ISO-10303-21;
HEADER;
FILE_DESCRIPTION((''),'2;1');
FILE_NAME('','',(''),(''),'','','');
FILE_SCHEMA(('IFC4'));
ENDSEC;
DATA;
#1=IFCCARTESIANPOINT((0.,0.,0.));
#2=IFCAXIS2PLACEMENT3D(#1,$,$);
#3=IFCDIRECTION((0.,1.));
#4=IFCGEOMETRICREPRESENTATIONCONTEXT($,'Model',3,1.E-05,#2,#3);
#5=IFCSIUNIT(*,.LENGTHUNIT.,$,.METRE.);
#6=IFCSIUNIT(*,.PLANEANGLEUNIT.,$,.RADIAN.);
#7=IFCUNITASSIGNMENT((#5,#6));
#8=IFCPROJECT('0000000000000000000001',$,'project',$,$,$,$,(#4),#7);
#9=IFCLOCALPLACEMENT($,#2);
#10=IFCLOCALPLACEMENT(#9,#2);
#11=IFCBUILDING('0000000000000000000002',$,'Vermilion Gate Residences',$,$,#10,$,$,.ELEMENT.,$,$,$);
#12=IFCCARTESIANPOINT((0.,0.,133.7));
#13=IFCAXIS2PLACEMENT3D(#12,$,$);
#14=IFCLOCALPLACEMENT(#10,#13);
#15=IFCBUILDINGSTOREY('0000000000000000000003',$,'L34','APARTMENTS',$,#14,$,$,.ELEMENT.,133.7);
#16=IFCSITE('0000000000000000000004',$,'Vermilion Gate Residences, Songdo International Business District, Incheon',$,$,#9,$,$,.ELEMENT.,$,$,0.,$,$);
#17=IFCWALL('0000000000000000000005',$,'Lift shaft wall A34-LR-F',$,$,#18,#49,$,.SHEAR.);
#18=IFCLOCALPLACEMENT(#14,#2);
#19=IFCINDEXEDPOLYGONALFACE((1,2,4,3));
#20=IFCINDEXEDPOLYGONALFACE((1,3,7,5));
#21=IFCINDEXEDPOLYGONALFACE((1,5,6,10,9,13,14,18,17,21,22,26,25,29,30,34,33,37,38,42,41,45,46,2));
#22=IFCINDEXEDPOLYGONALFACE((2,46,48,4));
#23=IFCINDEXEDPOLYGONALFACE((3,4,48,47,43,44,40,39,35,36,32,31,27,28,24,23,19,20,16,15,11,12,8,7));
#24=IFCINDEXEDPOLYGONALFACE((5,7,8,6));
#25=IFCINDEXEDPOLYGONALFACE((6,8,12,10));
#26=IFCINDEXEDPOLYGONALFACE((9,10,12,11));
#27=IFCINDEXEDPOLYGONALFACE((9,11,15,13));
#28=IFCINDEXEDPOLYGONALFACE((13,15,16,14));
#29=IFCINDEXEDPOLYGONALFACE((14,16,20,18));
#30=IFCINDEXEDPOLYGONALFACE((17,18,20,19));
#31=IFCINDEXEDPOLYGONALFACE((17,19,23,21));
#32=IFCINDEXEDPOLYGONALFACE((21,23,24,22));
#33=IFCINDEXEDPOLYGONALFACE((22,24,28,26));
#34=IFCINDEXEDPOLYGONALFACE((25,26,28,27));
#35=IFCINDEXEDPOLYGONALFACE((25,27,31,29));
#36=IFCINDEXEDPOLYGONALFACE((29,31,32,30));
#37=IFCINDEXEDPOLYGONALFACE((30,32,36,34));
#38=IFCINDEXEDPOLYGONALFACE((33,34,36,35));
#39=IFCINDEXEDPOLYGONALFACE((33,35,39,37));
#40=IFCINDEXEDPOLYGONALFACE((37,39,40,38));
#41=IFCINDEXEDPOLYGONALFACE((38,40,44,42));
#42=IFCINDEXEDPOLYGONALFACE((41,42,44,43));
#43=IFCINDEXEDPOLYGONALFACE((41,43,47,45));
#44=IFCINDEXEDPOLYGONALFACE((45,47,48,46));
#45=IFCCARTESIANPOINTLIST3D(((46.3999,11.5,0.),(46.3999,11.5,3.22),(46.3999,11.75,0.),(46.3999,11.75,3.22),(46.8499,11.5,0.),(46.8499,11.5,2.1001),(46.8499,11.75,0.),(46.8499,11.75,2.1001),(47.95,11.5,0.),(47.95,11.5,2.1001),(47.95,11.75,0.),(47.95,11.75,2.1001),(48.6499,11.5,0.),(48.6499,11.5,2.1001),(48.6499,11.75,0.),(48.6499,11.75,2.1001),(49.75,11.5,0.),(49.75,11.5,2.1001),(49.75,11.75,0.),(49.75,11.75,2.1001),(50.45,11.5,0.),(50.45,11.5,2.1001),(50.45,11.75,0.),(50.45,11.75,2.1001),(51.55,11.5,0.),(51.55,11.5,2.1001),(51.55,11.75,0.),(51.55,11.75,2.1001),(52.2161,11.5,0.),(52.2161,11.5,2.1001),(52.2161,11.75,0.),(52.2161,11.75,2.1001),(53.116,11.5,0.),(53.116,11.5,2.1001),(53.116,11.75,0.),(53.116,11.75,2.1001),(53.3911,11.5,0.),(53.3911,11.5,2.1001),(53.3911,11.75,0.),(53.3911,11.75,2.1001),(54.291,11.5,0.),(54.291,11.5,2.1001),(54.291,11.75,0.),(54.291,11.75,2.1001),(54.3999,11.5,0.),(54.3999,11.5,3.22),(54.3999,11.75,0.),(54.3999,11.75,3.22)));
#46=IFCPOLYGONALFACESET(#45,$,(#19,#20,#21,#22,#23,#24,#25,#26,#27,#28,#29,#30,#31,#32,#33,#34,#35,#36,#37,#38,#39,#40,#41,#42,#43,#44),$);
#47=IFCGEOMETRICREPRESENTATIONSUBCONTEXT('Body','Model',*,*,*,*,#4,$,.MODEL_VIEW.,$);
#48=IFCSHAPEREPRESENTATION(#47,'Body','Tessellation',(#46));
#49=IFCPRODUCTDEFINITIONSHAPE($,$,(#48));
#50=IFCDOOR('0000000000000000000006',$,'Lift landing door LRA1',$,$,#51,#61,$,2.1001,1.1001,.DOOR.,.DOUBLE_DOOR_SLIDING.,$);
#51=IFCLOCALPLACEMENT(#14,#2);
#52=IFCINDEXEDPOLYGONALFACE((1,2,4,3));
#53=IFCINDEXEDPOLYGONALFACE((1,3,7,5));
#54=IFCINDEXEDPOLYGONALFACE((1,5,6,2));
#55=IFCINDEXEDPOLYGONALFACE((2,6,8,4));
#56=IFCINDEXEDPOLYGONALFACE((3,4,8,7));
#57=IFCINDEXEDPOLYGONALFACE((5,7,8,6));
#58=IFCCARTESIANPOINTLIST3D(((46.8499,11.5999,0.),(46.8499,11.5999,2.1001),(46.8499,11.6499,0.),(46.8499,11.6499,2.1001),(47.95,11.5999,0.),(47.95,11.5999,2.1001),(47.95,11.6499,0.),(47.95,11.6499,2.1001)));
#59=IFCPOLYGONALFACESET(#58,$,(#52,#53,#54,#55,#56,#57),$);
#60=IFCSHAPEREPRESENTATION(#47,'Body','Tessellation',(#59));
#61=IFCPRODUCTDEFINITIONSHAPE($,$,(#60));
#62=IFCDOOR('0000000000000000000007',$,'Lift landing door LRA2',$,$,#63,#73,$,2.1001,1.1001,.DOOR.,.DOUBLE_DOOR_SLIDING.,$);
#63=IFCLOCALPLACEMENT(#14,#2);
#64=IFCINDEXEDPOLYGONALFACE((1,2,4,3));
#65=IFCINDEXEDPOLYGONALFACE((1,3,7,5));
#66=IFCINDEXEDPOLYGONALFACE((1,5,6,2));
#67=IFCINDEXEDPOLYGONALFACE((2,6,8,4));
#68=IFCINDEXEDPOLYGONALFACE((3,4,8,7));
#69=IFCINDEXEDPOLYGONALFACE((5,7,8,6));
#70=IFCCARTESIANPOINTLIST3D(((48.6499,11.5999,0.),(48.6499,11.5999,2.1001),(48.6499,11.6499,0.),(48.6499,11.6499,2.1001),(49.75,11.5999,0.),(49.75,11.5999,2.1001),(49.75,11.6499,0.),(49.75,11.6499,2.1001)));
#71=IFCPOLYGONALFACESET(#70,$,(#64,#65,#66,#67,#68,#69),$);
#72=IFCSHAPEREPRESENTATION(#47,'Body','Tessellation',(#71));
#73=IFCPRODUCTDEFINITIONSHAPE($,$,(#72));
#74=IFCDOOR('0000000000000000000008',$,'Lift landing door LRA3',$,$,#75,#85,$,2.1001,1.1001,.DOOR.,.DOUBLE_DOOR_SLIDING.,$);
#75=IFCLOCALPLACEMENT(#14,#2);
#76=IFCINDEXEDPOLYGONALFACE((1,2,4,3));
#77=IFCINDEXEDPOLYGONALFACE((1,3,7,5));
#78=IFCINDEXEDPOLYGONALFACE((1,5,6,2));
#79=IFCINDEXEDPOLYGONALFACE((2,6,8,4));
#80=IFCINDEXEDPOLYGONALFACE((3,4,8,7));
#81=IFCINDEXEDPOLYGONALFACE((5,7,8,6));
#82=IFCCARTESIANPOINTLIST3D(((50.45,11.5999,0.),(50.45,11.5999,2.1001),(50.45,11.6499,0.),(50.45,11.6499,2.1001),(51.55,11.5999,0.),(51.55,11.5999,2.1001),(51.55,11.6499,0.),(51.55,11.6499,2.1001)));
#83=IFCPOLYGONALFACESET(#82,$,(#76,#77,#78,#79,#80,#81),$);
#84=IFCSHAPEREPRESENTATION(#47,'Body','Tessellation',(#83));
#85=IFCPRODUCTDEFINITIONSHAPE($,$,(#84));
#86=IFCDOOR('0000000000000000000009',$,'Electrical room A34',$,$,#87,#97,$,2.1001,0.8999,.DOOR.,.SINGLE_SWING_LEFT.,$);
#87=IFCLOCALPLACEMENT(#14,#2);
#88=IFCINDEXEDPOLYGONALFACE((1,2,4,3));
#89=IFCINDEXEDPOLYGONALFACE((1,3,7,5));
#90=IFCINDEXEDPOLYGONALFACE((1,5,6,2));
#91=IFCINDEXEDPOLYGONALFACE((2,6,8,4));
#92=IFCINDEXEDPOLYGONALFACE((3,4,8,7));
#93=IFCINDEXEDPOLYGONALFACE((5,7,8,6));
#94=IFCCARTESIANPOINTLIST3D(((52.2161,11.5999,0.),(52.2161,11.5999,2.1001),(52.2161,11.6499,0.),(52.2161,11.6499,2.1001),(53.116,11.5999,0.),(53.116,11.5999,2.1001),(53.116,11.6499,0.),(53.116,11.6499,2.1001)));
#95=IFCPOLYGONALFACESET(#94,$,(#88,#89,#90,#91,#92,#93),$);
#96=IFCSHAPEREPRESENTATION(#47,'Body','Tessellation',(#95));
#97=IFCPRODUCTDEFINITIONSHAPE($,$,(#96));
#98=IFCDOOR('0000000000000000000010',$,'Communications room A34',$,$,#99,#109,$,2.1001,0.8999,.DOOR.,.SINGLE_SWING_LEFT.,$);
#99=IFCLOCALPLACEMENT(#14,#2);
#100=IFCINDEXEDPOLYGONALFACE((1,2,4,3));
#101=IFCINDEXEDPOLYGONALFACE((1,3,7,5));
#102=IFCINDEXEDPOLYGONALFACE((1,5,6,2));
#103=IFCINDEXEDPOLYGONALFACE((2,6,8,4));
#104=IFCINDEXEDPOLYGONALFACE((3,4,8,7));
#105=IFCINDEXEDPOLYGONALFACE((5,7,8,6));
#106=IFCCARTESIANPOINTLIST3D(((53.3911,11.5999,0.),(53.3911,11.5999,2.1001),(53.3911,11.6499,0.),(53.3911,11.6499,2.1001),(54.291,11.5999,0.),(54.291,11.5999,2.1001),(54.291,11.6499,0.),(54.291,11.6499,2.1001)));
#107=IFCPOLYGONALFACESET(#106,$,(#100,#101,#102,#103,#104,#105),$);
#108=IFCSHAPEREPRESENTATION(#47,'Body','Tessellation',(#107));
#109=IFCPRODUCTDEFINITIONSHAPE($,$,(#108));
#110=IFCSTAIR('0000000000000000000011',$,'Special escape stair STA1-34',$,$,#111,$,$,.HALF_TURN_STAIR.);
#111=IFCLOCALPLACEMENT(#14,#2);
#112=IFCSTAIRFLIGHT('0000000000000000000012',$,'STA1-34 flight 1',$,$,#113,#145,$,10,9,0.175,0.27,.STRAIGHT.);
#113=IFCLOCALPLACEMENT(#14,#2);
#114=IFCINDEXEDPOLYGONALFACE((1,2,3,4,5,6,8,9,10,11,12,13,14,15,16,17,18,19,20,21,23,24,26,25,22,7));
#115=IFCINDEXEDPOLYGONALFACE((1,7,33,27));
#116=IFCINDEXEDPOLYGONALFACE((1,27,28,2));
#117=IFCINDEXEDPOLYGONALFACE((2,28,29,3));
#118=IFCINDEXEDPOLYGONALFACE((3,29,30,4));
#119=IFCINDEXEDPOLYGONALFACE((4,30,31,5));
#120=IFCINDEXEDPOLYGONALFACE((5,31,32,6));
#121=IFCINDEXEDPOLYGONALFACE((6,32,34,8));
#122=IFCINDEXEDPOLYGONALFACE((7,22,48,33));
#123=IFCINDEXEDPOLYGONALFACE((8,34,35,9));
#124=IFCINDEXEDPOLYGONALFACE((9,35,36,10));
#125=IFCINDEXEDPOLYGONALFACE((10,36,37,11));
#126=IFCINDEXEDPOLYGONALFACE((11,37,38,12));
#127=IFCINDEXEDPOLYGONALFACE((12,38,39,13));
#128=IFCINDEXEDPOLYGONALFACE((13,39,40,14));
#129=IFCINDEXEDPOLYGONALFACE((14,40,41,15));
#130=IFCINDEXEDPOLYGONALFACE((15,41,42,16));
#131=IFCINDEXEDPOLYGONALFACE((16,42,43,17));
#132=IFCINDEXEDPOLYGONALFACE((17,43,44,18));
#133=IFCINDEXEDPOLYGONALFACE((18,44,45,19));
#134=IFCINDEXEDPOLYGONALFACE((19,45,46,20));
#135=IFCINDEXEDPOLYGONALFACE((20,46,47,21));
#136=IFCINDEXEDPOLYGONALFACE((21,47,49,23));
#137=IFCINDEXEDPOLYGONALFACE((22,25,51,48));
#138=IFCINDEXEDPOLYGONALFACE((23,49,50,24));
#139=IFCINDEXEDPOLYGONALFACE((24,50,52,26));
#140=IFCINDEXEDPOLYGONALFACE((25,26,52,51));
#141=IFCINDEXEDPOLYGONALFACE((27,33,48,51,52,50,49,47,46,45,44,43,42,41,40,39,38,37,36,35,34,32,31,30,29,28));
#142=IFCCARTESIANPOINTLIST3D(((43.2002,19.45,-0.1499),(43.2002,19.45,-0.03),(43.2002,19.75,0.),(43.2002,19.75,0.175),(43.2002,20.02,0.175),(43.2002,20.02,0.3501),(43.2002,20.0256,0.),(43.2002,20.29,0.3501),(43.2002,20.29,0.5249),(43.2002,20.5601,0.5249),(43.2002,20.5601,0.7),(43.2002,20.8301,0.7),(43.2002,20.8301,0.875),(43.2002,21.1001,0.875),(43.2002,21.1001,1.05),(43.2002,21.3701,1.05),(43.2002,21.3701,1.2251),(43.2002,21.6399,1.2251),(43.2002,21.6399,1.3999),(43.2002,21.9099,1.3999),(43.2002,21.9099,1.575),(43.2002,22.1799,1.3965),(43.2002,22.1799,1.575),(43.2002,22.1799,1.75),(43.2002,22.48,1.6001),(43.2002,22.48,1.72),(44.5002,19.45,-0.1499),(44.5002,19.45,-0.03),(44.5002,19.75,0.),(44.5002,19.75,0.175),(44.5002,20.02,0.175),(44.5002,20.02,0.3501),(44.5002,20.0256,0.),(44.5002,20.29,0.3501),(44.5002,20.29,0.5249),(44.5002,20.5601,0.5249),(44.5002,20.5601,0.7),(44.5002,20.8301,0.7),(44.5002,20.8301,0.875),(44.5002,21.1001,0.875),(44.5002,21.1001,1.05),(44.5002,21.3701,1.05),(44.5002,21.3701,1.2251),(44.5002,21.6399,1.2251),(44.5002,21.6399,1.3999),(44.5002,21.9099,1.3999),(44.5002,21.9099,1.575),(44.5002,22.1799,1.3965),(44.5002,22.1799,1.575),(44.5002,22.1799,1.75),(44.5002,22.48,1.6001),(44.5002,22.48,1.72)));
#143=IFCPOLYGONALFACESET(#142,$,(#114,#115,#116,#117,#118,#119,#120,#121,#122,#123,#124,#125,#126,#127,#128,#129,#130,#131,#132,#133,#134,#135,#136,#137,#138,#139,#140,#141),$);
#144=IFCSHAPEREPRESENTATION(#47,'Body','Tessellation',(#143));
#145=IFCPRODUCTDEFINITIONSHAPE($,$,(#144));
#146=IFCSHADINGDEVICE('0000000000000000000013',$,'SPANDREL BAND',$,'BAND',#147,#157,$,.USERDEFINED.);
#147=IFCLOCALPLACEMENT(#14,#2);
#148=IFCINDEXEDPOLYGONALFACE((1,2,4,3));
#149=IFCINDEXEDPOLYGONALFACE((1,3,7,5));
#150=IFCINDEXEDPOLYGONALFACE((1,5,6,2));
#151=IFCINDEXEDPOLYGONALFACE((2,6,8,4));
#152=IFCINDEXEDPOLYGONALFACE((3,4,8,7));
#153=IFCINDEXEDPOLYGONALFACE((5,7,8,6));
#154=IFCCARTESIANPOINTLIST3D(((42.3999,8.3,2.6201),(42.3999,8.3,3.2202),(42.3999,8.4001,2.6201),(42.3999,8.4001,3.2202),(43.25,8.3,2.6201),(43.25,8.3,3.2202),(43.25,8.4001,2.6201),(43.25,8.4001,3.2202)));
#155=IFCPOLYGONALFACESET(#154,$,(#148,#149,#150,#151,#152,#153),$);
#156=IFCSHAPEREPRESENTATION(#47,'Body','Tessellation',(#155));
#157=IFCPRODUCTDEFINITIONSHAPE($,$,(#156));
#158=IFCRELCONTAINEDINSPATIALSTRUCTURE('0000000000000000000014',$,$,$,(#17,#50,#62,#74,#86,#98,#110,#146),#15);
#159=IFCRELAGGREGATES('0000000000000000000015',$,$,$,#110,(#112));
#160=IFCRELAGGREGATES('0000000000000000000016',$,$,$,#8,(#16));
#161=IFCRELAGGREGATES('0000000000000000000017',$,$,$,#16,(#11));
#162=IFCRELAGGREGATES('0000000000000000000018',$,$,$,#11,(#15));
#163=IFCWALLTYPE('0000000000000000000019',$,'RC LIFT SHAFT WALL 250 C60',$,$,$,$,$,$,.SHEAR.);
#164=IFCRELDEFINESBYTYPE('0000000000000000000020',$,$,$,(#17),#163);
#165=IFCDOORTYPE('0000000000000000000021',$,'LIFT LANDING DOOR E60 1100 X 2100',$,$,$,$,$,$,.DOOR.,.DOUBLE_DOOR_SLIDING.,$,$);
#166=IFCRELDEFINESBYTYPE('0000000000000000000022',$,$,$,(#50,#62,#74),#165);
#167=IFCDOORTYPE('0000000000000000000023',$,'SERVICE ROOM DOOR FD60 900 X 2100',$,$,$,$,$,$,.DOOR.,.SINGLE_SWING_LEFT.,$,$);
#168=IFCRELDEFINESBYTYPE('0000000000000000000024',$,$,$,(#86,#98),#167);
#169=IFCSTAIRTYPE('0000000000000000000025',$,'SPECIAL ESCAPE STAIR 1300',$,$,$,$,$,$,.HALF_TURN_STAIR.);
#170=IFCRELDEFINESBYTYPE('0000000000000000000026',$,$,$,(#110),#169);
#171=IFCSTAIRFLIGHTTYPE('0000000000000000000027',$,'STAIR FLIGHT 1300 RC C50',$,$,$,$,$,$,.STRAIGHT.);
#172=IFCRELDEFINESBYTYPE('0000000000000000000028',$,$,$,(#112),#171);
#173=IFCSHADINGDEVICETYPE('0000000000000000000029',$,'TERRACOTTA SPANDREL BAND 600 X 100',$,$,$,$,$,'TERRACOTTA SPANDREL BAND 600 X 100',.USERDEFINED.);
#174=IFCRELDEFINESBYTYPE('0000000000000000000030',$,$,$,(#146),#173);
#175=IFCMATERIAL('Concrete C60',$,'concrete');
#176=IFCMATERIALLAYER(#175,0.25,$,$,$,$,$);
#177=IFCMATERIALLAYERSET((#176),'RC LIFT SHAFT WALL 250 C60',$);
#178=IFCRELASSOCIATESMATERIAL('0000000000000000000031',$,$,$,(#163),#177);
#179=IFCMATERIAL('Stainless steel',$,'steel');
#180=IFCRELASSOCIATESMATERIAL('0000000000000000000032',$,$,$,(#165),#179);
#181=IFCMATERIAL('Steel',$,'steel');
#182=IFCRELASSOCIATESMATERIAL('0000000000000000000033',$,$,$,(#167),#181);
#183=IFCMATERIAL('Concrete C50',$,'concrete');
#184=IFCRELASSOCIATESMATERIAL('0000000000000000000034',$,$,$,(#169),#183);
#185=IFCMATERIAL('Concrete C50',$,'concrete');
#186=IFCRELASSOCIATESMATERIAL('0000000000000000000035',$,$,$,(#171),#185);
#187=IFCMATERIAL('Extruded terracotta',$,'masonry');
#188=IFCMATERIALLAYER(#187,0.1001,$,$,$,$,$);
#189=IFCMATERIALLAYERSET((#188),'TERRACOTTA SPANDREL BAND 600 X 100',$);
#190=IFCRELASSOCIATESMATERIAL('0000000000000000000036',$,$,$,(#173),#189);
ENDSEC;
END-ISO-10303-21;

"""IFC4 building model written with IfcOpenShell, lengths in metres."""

from ifc_helpers import new_model, si_unit, direction, frame, frame_2d, origin, origin_2d, place, context, subcontext, project, spatial, polyline, rectangle, outline, extrude, material, layer, layer_set, type_object, element, fill, aggregate, save


model = new_model("IFC4")

# Units and contexts
model_context = context("Model", 3, precision=1e-05, world=origin(), true_north=direction((0.0, 1.0)))
body_context = subcontext(model_context, "Body", "Model", "MODEL_VIEW")
ifc_project = project(units=[si_unit("LENGTHUNIT", "METRE"), si_unit("PLANEANGLEUNIT", "RADIAN")], contexts=[model_context])

# Site, building, storey
site_placement = place(None, origin())
site = spatial("IfcSite", under=ifc_project, at=site_placement, Name="Vermilion Gate Residences, Songdo International Business District, Incheon", CompositionType="ELEMENT", RefElevation=0.0)
building_placement = place(site_placement, origin())
building = spatial("IfcBuilding", under=site, at=building_placement, Name="Vermilion Gate Residences", CompositionType="ELEMENT")
storey_placement = place(building_placement, frame((0.0, 0.0, 133.7)))
storey = spatial("IfcBuildingStorey", under=building, at=storey_placement, Name="L34", Description="APARTMENTS", CompositionType="ELEMENT", Elevation=133.7)

# Wall, openings, doors
ifc_material_1 = material(Name="Concrete C60", Category="concrete")
ifc_layer_1 = layer(ifc_material_1, 0.25)
ifc_layer_set_1 = layer_set([ifc_layer_1], Name="RC LIFT SHAFT WALL 250 C60")
wall_type_1 = type_object("IfcWallType", Name="RC LIFT SHAFT WALL 250 C60", PredefinedType="SHEAR", material=ifc_layer_set_1)
wall_1_placement = place(storey_placement, frame((46.3999, 11.625, 0.0), z_axis=(0.0, 0.0, 1.0), x_axis=(1.0, 0.0, 0.0)))
wall_1 = element("IfcWall", 1, at=wall_1_placement, inside=storey, type_object=wall_type_1, Name="Lift shaft wall A34-LR-F", PredefinedType="SHEAR", context=body_context, shape_type="SweptSolid", body=[
    extrude(rectangle(XDim=8.0, YDim=0.25, at=frame_2d((4.0, 0.0))), origin(), (0.0, 0.0, 1.0), 3.22),
])
opening_1_placement = place(wall_1_placement, frame((0.45, 0.0, 0.0)))
opening_1 = element("IfcOpeningElement", 2, at=opening_1_placement, cuts=wall_1, PredefinedType="OPENING", context=body_context, shape_type="SweptSolid", body=[
    extrude(rectangle(XDim=1.1001, YDim=2.1001, at=frame_2d((0.55, 1.05))), frame((0.0, 0.135, 0.0), z_axis=(0.0, -1.0, 0.0), x_axis=(1.0, 0.0, 0.0)), (0.0, 0.0, 1.0), 0.27),
])
opening_2_placement = place(wall_1_placement, frame((2.25, 0.0, 0.0)))
opening_2 = element("IfcOpeningElement", 3, at=opening_2_placement, cuts=wall_1, PredefinedType="OPENING", context=body_context, shape_type="SweptSolid", body=[
    extrude(rectangle(XDim=1.1001, YDim=2.1001, at=frame_2d((0.55, 1.05))), frame((0.0, 0.135, 0.0), z_axis=(0.0, -1.0, 0.0), x_axis=(1.0, 0.0, 0.0)), (0.0, 0.0, 1.0), 0.27),
])
opening_3_placement = place(wall_1_placement, frame((4.05, 0.0, 0.0)))
opening_3 = element("IfcOpeningElement", 4, at=opening_3_placement, cuts=wall_1, PredefinedType="OPENING", context=body_context, shape_type="SweptSolid", body=[
    extrude(rectangle(XDim=1.1001, YDim=2.1001, at=frame_2d((0.55, 1.05))), frame((0.0, 0.135, 0.0), z_axis=(0.0, -1.0, 0.0), x_axis=(1.0, 0.0, 0.0)), (0.0, 0.0, 1.0), 0.27),
])
opening_4_placement = place(wall_1_placement, frame((5.8162, 0.0, 0.0)))
opening_4 = element("IfcOpeningElement", 5, at=opening_4_placement, cuts=wall_1, PredefinedType="OPENING", context=body_context, shape_type="SweptSolid", body=[
    extrude(rectangle(XDim=0.8999, YDim=2.1001, at=frame_2d((0.45, 1.05))), frame((0.0, 0.135, 0.0), z_axis=(0.0, -1.0, 0.0), x_axis=(1.0, 0.0, 0.0)), (0.0, 0.0, 1.0), 0.27),
])
opening_5_placement = place(wall_1_placement, frame((6.9912, 0.0, 0.0)))
opening_5 = element("IfcOpeningElement", 6, at=opening_5_placement, cuts=wall_1, PredefinedType="OPENING", context=body_context, shape_type="SweptSolid", body=[
    extrude(rectangle(XDim=0.8999, YDim=2.1001, at=frame_2d((0.45, 1.05))), frame((0.0, 0.135, 0.0), z_axis=(0.0, -1.0, 0.0), x_axis=(1.0, 0.0, 0.0)), (0.0, 0.0, 1.0), 0.27),
])
ifc_material_2 = material(Name="Stainless steel", Category="steel")
door_type_1 = type_object("IfcDoorType", Name="LIFT LANDING DOOR E60 1100 X 2100", OperationType="DOUBLE_DOOR_SLIDING", PredefinedType="DOOR", material=ifc_material_2)
door_1_placement = place(opening_1_placement, origin())
door_1 = element("IfcDoor", 7, at=door_1_placement, inside=storey, type_object=door_type_1, Name="Lift landing door LRA1", OperationType="DOUBLE_DOOR_SLIDING", OverallHeight=2.1001, OverallWidth=1.1001, PredefinedType="DOOR", context=body_context, shape_type="SweptSolid", body=[
    extrude(rectangle(XDim=1.1001, YDim=2.1001, at=frame_2d((0.55, 1.05))), frame((0.0, 0.0249, 0.0), z_axis=(0.0, -1.0, 0.0), x_axis=(1.0, 0.0, 0.0)), (0.0, 0.0, 1.0), 0.05),
])
fill(opening_1, door_1)
door_2_placement = place(opening_2_placement, origin())
door_2 = element("IfcDoor", 8, at=door_2_placement, inside=storey, type_object=door_type_1, Name="Lift landing door LRA2", OperationType="DOUBLE_DOOR_SLIDING", OverallHeight=2.1001, OverallWidth=1.1001, PredefinedType="DOOR", context=body_context, shape_type="SweptSolid", body=[
    extrude(rectangle(XDim=1.1001, YDim=2.1001, at=frame_2d((0.55, 1.05))), frame((0.0, 0.0249, 0.0), z_axis=(0.0, -1.0, 0.0), x_axis=(1.0, 0.0, 0.0)), (0.0, 0.0, 1.0), 0.05),
])
fill(opening_2, door_2)
door_3_placement = place(opening_3_placement, origin())
door_3 = element("IfcDoor", 9, at=door_3_placement, inside=storey, type_object=door_type_1, Name="Lift landing door LRA3", OperationType="DOUBLE_DOOR_SLIDING", OverallHeight=2.1001, OverallWidth=1.1001, PredefinedType="DOOR", context=body_context, shape_type="SweptSolid", body=[
    extrude(rectangle(XDim=1.1001, YDim=2.1001, at=frame_2d((0.55, 1.05))), frame((0.0, 0.0249, 0.0), z_axis=(0.0, -1.0, 0.0), x_axis=(1.0, 0.0, 0.0)), (0.0, 0.0, 1.0), 0.05),
])
fill(opening_3, door_3)
ifc_material_3 = material(Name="Steel", Category="steel")
door_type_2 = type_object("IfcDoorType", Name="SERVICE ROOM DOOR FD60 900 X 2100", OperationType="SINGLE_SWING_LEFT", PredefinedType="DOOR", material=ifc_material_3)
door_4_placement = place(opening_4_placement, origin())
door_4 = element("IfcDoor", 10, at=door_4_placement, inside=storey, type_object=door_type_2, Name="Electrical room A34", OperationType="SINGLE_SWING_LEFT", OverallHeight=2.1001, OverallWidth=0.8999, PredefinedType="DOOR", context=body_context, shape_type="SweptSolid", body=[
    extrude(rectangle(XDim=0.8999, YDim=2.1001, at=frame_2d((0.45, 1.05))), frame((0.0, 0.0249, 0.0), z_axis=(0.0, -1.0, 0.0), x_axis=(1.0, 0.0, 0.0)), (0.0, 0.0, 1.0), 0.05),
])
fill(opening_4, door_4)
door_5_placement = place(opening_5_placement, origin())
door_5 = element("IfcDoor", 11, at=door_5_placement, inside=storey, type_object=door_type_2, Name="Communications room A34", OperationType="SINGLE_SWING_LEFT", OverallHeight=2.1001, OverallWidth=0.8999, PredefinedType="DOOR", context=body_context, shape_type="SweptSolid", body=[
    extrude(rectangle(XDim=0.8999, YDim=2.1001, at=frame_2d((0.45, 1.05))), frame((0.0, 0.0249, 0.0), z_axis=(0.0, -1.0, 0.0), x_axis=(1.0, 0.0, 0.0)), (0.0, 0.0, 1.0), 0.05),
])
fill(opening_5, door_5)

# Stair, stair flight
ifc_material_4 = material(Name="Concrete C50", Category="concrete")
stair_type = type_object("IfcStairType", Name="SPECIAL ESCAPE STAIR 1300", PredefinedType="HALF_TURN_STAIR", material=ifc_material_4)
stair_placement = place(storey_placement, origin())
stair = element("IfcStair", 12, at=stair_placement, inside=storey, type_object=stair_type, Name="Special escape stair STA1-34", PredefinedType="HALF_TURN_STAIR")
ifc_material_5 = material(Name="Concrete C50", Category="concrete")
stair_flight_type = type_object("IfcStairFlightType", Name="STAIR FLIGHT 1300 RC C50", PredefinedType="STRAIGHT", material=ifc_material_5)
stair_flight_placement = place(storey_placement, frame((43.8501, 19.75, 0.0), z_axis=(0.0, 0.0, 1.0), x_axis=(0.0, 1.0, 0.0)))
stair_flight = element("IfcStairFlight", 13, at=stair_flight_placement, type_object=stair_flight_type, Name="STA1-34 flight 1", NumberOfRisers=10, NumberOfTreads=9, PredefinedType="STRAIGHT", RiserHeight=0.175, TreadLength=0.27, context=body_context, shape_type="SweptSolid", body=[
    extrude(outline(polyline([(-0.3, -0.1499), (-0.3, -0.03), (0.0, 0.0), (0.0, 0.175), (0.27, 0.175), (0.27, 0.3501), (0.54, 0.3501), (0.54, 0.5249), (0.8101, 0.5249), (0.8101, 0.7), (1.0801, 0.7), (1.0801, 0.875), (1.3501, 0.875), (1.3501, 1.05), (1.6201, 1.05), (1.6201, 1.2251), (1.8899, 1.2251), (1.8899, 1.3999), (2.1599, 1.3999), (2.1599, 1.575), (2.4299, 1.575), (2.4299, 1.75), (2.73, 1.72), (2.73, 1.6001), (2.4299, 1.3965), (0.2756, 0.0), (-0.3, -0.1499)])), frame((0.0, 0.6499, 0.0), z_axis=(0.0, -1.0, 0.0), x_axis=(1.0, 0.0, 0.0)), (0.0, 0.0, 1.0), 1.3),
])
aggregate(stair, [stair_flight])

# Shading device
ifc_material_6 = material(Name="Extruded terracotta", Category="masonry")
ifc_layer_2 = layer(ifc_material_6, 0.1001)
ifc_layer_set_2 = layer_set([ifc_layer_2], Name="TERRACOTTA SPANDREL BAND 600 X 100")
shading_device_type = type_object("IfcShadingDeviceType", Name="TERRACOTTA SPANDREL BAND 600 X 100", ElementType="TERRACOTTA SPANDREL BAND 600 X 100", PredefinedType="USERDEFINED", material=ifc_layer_set_2)
shading_device_placement = place(storey_placement, frame((42.825, 8.3501, 2.6201), z_axis=(0.0, 0.0, 1.0), x_axis=(1.0, 0.0, 0.0)))
element("IfcShadingDevice", 14, at=shading_device_placement, inside=storey, type_object=shading_device_type, Name="SPANDREL BAND", ObjectType="BAND", PredefinedType="USERDEFINED", context=body_context, shape_type="SweptSolid", body=[
    extrude(rectangle(XDim=0.8501, YDim=0.1001, at=origin_2d()), origin(), (0.0, 0.0, 1.0), 0.6001),
])

save(model, "model.ifc")
